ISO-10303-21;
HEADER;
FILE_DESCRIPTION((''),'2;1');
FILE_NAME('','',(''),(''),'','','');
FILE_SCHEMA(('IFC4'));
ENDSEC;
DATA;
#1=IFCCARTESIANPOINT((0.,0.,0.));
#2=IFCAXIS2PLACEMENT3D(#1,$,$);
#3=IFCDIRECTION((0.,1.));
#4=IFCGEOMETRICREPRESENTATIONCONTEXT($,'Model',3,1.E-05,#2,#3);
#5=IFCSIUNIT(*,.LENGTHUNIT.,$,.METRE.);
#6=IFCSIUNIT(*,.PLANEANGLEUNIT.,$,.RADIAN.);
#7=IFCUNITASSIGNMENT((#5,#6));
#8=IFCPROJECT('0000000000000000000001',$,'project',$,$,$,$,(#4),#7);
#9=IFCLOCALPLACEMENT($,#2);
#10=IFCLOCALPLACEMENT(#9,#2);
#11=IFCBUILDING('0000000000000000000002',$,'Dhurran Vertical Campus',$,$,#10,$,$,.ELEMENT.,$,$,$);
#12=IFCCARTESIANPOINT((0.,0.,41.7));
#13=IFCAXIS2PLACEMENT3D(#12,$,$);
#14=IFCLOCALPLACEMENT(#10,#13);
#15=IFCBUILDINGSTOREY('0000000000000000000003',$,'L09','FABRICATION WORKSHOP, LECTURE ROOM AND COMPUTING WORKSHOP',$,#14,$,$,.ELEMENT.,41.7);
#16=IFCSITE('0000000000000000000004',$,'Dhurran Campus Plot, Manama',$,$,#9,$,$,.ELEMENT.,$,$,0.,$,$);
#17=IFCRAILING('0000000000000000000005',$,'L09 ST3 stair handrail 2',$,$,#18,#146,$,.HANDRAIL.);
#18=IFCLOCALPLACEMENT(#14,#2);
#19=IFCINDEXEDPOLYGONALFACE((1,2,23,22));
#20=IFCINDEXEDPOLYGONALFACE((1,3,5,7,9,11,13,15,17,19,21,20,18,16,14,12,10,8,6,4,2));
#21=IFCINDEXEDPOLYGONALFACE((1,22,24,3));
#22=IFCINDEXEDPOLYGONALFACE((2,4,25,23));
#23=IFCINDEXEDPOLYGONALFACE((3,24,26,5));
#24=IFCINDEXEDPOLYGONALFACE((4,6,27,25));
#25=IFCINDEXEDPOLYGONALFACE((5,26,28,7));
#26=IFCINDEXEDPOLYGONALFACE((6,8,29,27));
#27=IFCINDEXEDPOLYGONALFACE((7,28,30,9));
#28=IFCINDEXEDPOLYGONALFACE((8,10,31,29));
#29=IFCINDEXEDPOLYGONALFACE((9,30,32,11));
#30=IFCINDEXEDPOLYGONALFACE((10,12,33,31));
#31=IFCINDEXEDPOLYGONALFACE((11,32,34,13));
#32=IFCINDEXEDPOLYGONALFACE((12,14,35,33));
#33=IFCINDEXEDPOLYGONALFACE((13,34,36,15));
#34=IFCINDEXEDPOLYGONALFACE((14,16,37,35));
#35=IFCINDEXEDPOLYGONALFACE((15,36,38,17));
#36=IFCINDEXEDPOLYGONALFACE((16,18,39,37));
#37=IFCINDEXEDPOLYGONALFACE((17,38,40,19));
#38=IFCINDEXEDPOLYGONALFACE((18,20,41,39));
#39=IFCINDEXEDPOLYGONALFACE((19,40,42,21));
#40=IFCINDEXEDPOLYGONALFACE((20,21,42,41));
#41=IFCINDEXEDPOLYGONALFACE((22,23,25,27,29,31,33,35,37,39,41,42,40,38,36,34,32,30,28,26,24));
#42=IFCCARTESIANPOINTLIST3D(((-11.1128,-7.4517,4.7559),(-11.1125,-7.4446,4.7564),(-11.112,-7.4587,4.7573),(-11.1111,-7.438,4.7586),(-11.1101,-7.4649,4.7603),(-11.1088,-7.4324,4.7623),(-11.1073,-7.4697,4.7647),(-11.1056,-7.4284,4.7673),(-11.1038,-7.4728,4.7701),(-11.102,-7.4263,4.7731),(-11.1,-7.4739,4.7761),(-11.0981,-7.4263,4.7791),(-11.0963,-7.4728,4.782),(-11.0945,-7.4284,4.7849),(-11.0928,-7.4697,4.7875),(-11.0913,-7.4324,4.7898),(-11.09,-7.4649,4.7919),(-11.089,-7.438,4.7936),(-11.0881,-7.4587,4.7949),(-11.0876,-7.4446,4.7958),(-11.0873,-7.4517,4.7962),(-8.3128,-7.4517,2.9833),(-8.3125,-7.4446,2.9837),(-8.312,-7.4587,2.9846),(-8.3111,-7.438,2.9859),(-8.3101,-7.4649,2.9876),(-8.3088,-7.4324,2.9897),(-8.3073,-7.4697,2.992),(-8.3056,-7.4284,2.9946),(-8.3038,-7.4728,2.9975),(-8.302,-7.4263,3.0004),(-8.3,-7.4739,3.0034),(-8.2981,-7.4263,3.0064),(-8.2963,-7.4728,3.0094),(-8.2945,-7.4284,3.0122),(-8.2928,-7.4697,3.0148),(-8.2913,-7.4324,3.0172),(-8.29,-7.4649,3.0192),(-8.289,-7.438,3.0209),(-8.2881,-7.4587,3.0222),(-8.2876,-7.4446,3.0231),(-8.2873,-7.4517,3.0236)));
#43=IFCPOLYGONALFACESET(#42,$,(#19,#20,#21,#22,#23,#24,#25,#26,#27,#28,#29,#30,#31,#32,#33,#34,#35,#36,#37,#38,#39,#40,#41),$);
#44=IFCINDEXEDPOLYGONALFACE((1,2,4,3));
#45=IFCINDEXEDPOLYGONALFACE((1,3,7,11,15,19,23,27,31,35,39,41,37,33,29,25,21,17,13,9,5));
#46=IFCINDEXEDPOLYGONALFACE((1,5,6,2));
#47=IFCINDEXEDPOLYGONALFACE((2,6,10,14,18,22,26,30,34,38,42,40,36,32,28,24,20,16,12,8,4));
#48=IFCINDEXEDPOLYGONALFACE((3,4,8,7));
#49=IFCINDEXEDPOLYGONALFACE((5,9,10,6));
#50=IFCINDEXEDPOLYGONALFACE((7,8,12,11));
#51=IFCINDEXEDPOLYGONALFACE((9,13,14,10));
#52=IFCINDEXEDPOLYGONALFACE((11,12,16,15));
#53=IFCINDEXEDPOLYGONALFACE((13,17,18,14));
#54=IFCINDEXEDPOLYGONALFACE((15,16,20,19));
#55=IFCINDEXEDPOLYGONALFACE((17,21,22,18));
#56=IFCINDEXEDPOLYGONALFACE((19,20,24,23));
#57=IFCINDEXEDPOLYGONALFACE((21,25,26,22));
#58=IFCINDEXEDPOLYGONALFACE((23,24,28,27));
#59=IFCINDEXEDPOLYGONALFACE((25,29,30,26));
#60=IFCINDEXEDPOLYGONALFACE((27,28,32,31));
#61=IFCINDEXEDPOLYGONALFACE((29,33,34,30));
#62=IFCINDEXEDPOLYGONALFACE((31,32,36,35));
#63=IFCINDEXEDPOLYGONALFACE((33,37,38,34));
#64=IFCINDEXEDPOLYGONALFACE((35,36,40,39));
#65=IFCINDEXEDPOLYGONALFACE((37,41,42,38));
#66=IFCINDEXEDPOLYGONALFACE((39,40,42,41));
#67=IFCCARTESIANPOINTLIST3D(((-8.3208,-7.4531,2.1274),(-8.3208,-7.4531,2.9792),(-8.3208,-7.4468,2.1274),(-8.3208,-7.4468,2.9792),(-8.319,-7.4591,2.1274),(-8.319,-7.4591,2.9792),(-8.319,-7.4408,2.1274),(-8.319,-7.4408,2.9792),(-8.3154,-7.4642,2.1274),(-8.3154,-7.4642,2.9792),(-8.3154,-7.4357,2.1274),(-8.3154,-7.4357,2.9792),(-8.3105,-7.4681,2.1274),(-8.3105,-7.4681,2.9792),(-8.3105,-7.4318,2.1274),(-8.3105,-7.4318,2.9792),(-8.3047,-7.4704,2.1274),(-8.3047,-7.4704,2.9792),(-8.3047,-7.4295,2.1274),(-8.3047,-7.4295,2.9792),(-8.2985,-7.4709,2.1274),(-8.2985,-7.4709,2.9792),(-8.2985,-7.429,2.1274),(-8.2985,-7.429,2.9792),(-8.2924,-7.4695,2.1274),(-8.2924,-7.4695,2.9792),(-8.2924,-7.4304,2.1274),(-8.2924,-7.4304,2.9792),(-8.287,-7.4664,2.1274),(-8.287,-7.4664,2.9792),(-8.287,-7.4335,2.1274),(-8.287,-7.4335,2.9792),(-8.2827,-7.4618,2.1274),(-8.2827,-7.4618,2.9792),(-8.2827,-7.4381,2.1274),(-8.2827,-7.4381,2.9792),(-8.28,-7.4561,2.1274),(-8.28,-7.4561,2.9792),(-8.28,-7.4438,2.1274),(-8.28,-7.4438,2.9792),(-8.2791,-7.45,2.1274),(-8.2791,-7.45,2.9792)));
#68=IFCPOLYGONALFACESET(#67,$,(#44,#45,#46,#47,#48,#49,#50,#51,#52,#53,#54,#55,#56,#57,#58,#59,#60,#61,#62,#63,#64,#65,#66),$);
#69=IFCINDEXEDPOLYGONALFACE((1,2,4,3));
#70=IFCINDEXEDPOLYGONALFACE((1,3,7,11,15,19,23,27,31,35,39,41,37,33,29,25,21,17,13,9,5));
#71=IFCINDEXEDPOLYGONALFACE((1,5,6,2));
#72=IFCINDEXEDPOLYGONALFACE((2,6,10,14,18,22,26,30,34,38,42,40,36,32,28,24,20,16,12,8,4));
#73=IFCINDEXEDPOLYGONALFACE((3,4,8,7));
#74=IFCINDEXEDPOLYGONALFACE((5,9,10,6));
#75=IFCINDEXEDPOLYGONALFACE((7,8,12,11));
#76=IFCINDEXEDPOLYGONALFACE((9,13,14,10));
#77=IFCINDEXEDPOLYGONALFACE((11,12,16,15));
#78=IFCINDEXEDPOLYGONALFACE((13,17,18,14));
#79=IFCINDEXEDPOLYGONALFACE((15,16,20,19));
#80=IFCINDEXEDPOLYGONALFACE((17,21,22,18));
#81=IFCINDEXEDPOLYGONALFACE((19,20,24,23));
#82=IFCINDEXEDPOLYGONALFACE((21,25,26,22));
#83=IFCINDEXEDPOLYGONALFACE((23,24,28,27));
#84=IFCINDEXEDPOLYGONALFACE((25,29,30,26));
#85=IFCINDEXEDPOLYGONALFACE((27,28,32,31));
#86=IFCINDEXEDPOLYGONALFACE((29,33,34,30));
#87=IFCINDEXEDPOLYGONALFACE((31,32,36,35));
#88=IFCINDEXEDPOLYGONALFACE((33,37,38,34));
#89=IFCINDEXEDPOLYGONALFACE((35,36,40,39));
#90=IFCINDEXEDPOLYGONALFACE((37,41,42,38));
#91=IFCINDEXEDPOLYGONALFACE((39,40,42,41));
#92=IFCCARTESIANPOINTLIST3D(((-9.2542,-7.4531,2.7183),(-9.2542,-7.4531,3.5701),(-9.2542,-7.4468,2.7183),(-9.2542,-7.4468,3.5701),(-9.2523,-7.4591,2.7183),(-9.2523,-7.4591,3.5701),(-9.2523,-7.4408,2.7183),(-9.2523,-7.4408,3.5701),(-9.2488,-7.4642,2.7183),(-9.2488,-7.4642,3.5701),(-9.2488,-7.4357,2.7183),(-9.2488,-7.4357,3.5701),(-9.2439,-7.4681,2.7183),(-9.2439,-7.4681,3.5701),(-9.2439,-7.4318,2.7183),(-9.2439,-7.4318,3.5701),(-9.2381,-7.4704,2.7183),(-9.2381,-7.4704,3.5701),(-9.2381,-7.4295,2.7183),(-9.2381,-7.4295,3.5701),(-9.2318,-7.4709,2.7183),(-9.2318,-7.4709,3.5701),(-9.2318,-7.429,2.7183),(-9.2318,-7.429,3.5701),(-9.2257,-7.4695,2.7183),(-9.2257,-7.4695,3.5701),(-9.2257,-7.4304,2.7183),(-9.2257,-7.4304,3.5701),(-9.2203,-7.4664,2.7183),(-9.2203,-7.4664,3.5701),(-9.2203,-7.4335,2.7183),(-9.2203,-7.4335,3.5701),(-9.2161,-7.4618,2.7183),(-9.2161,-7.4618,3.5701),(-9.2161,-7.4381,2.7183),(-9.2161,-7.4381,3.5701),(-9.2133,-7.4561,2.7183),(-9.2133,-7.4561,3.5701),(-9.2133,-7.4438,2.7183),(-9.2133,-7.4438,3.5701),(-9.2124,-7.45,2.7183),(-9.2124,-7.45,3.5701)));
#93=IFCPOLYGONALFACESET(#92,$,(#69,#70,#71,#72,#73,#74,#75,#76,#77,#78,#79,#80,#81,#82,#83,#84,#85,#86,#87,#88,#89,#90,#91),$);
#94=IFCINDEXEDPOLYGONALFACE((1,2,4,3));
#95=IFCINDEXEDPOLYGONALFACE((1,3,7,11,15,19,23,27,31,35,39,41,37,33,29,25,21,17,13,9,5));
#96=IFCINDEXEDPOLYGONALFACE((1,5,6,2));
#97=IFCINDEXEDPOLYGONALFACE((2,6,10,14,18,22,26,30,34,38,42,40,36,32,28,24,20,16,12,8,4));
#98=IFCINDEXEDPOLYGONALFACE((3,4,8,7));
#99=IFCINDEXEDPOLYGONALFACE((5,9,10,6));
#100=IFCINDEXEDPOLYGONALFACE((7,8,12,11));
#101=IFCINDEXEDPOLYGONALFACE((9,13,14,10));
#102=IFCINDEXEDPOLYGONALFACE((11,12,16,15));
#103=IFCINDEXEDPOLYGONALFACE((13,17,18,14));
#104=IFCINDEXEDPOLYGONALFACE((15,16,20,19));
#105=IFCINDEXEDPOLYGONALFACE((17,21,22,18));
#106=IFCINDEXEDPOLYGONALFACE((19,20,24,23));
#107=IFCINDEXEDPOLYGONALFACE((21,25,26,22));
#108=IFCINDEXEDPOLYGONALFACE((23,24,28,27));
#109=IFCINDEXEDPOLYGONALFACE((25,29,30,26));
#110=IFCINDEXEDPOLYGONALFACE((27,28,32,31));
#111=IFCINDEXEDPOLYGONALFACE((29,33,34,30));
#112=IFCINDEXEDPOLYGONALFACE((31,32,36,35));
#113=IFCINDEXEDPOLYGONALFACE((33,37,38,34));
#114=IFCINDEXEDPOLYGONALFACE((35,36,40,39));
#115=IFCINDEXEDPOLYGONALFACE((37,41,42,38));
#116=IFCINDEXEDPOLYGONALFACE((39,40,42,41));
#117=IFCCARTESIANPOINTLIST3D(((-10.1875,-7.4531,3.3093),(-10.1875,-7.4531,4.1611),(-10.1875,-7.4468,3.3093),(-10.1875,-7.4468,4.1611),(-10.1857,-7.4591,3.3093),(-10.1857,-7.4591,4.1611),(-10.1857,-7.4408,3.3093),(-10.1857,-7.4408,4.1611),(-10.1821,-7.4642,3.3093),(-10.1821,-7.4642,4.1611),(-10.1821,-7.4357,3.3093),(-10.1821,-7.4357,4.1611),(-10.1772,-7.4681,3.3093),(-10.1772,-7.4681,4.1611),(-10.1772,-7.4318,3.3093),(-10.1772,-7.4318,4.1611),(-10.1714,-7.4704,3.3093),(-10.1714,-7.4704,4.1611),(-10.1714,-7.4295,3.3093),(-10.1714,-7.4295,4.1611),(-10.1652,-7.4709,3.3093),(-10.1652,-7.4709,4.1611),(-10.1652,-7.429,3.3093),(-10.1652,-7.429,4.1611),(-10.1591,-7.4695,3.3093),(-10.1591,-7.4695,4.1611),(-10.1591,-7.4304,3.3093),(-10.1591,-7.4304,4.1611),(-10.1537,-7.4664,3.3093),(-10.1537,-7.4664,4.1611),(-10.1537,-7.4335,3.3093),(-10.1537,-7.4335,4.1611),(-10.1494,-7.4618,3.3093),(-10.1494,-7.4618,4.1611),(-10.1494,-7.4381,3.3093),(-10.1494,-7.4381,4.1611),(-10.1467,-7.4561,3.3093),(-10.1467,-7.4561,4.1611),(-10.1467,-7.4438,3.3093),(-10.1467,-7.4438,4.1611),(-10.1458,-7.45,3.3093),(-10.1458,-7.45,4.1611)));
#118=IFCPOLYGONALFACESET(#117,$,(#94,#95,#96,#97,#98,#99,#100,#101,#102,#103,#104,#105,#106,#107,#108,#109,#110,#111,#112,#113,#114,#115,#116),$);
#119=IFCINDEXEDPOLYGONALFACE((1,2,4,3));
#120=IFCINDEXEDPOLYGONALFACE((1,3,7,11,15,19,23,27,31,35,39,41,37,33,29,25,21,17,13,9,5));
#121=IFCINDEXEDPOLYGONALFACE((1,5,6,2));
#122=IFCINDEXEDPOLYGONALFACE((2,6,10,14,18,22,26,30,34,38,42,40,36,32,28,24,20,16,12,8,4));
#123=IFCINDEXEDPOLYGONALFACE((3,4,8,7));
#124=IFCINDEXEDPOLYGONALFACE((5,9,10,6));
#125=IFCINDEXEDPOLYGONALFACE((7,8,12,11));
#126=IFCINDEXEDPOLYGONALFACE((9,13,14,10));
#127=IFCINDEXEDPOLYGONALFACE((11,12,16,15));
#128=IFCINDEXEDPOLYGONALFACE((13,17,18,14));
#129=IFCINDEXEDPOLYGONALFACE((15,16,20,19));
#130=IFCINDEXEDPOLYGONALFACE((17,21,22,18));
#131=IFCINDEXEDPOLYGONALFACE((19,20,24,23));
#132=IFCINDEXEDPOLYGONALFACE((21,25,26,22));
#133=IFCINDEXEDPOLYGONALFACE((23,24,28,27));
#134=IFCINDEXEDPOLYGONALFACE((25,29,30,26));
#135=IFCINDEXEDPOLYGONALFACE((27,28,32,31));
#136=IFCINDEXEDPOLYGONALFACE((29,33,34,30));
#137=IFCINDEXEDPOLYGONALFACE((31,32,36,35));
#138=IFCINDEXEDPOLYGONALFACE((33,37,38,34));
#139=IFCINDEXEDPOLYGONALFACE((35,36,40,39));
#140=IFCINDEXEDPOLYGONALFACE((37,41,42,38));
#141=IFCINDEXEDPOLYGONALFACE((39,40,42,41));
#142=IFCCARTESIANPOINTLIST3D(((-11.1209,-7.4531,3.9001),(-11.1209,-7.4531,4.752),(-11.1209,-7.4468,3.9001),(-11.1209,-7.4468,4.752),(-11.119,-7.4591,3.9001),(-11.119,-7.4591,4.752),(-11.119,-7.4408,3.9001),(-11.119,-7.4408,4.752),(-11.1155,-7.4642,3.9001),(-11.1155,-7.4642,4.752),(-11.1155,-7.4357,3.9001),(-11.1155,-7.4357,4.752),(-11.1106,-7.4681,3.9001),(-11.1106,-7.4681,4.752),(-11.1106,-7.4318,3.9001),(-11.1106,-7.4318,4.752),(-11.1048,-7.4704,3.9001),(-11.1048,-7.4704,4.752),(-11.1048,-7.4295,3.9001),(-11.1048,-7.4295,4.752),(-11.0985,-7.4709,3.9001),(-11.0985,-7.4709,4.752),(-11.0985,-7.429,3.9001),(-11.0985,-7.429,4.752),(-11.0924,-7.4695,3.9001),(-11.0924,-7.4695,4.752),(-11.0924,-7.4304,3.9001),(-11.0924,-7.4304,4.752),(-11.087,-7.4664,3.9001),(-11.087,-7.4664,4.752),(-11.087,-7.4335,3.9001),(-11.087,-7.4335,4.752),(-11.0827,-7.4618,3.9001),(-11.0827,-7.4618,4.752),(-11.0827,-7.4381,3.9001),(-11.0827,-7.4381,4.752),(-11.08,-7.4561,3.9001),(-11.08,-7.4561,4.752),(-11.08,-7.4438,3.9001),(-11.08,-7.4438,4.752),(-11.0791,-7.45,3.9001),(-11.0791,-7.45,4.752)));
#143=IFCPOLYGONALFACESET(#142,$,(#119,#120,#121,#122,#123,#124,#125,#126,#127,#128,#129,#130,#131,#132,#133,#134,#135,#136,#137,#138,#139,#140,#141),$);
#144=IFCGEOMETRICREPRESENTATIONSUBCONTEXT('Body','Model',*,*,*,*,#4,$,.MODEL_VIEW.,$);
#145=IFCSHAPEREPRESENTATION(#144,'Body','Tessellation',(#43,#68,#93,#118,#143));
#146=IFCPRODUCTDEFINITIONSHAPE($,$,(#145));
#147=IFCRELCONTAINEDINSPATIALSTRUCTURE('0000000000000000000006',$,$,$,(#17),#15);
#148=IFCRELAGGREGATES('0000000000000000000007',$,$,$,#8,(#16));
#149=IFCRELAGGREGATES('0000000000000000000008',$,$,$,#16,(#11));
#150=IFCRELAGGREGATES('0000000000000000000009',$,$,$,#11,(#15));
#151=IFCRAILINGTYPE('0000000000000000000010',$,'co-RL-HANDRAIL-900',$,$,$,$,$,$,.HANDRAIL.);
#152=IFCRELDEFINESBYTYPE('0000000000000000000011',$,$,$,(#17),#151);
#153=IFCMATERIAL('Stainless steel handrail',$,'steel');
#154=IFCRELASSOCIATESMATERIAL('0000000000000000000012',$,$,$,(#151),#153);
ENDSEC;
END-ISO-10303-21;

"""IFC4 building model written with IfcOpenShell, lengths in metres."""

from ifc_helpers import new_model, si_unit, direction, frame, origin, origin_2d, place, context, subcontext, project, spatial, circle, extrude, material, type_object, element, save


model = new_model("IFC4")

# Units and contexts
model_context = context("Model", 3, precision=1e-05, world=origin(), true_north=direction((0.0, 1.0)))
body_context = subcontext(model_context, "Body", "Model", "MODEL_VIEW")
ifc_project = project(units=[si_unit("LENGTHUNIT", "METRE"), si_unit("PLANEANGLEUNIT", "RADIAN")], contexts=[model_context])

# Site, building, storey
site_placement = place(None, origin())
site = spatial("IfcSite", under=ifc_project, at=site_placement, Name="Dhurran Campus Plot, Manama", CompositionType="ELEMENT", RefElevation=0.0)
building_placement = place(site_placement, origin())
building = spatial("IfcBuilding", under=site, at=building_placement, Name="Dhurran Vertical Campus", CompositionType="ELEMENT")
storey_placement = place(building_placement, frame((0.0, 0.0, 41.7)))
storey = spatial("IfcBuildingStorey", under=building, at=storey_placement, Name="L09", Description="FABRICATION WORKSHOP, LECTURE ROOM AND COMPUTING WORKSHOP", CompositionType="ELEMENT", Elevation=41.7)

# Railing
ifc_material_1 = material(Name="Stainless steel handrail", Category="steel")
railing_type_1 = type_object("IfcRailingType", Name="co-RL-HANDRAIL-900", PredefinedType="HANDRAIL", material=ifc_material_1)
railing_1_placement = place(storey_placement, frame((-8.3, -7.45, 2.1274)))
element("IfcRailing", 1, at=railing_1_placement, inside=storey, type_object=railing_type_1, Name="L09 ST3 stair handrail 2", PredefinedType="HANDRAIL", context=body_context, shape_type="SweptSolid", body=[
    extrude(circle(Radius=0.0239, at=origin_2d()), frame((0.0, 0.0, 0.876), z_axis=(-0.844909, 0.0, 0.53491), x_axis=(0.0, -1.0, 0.0)), (0.0, 0.0, 1.0), 3.314),
    extrude(circle(Radius=0.021, at=origin_2d()), origin(), (0.0, 0.0, 1.0), 0.8518),
    extrude(circle(Radius=0.021, at=origin_2d()), frame((-0.9333, 0.0, 0.5908)), (0.0, 0.0, 1.0), 0.8518),
    extrude(circle(Radius=0.021, at=origin_2d()), frame((-1.8667, 0.0, 1.1819)), (0.0, 0.0, 1.0), 0.8518),
    extrude(circle(Radius=0.021, at=origin_2d()), frame((-2.8, 0.0, 1.7727)), (0.0, 0.0, 1.0), 0.8518),
])

save(model, "model.ifc")
